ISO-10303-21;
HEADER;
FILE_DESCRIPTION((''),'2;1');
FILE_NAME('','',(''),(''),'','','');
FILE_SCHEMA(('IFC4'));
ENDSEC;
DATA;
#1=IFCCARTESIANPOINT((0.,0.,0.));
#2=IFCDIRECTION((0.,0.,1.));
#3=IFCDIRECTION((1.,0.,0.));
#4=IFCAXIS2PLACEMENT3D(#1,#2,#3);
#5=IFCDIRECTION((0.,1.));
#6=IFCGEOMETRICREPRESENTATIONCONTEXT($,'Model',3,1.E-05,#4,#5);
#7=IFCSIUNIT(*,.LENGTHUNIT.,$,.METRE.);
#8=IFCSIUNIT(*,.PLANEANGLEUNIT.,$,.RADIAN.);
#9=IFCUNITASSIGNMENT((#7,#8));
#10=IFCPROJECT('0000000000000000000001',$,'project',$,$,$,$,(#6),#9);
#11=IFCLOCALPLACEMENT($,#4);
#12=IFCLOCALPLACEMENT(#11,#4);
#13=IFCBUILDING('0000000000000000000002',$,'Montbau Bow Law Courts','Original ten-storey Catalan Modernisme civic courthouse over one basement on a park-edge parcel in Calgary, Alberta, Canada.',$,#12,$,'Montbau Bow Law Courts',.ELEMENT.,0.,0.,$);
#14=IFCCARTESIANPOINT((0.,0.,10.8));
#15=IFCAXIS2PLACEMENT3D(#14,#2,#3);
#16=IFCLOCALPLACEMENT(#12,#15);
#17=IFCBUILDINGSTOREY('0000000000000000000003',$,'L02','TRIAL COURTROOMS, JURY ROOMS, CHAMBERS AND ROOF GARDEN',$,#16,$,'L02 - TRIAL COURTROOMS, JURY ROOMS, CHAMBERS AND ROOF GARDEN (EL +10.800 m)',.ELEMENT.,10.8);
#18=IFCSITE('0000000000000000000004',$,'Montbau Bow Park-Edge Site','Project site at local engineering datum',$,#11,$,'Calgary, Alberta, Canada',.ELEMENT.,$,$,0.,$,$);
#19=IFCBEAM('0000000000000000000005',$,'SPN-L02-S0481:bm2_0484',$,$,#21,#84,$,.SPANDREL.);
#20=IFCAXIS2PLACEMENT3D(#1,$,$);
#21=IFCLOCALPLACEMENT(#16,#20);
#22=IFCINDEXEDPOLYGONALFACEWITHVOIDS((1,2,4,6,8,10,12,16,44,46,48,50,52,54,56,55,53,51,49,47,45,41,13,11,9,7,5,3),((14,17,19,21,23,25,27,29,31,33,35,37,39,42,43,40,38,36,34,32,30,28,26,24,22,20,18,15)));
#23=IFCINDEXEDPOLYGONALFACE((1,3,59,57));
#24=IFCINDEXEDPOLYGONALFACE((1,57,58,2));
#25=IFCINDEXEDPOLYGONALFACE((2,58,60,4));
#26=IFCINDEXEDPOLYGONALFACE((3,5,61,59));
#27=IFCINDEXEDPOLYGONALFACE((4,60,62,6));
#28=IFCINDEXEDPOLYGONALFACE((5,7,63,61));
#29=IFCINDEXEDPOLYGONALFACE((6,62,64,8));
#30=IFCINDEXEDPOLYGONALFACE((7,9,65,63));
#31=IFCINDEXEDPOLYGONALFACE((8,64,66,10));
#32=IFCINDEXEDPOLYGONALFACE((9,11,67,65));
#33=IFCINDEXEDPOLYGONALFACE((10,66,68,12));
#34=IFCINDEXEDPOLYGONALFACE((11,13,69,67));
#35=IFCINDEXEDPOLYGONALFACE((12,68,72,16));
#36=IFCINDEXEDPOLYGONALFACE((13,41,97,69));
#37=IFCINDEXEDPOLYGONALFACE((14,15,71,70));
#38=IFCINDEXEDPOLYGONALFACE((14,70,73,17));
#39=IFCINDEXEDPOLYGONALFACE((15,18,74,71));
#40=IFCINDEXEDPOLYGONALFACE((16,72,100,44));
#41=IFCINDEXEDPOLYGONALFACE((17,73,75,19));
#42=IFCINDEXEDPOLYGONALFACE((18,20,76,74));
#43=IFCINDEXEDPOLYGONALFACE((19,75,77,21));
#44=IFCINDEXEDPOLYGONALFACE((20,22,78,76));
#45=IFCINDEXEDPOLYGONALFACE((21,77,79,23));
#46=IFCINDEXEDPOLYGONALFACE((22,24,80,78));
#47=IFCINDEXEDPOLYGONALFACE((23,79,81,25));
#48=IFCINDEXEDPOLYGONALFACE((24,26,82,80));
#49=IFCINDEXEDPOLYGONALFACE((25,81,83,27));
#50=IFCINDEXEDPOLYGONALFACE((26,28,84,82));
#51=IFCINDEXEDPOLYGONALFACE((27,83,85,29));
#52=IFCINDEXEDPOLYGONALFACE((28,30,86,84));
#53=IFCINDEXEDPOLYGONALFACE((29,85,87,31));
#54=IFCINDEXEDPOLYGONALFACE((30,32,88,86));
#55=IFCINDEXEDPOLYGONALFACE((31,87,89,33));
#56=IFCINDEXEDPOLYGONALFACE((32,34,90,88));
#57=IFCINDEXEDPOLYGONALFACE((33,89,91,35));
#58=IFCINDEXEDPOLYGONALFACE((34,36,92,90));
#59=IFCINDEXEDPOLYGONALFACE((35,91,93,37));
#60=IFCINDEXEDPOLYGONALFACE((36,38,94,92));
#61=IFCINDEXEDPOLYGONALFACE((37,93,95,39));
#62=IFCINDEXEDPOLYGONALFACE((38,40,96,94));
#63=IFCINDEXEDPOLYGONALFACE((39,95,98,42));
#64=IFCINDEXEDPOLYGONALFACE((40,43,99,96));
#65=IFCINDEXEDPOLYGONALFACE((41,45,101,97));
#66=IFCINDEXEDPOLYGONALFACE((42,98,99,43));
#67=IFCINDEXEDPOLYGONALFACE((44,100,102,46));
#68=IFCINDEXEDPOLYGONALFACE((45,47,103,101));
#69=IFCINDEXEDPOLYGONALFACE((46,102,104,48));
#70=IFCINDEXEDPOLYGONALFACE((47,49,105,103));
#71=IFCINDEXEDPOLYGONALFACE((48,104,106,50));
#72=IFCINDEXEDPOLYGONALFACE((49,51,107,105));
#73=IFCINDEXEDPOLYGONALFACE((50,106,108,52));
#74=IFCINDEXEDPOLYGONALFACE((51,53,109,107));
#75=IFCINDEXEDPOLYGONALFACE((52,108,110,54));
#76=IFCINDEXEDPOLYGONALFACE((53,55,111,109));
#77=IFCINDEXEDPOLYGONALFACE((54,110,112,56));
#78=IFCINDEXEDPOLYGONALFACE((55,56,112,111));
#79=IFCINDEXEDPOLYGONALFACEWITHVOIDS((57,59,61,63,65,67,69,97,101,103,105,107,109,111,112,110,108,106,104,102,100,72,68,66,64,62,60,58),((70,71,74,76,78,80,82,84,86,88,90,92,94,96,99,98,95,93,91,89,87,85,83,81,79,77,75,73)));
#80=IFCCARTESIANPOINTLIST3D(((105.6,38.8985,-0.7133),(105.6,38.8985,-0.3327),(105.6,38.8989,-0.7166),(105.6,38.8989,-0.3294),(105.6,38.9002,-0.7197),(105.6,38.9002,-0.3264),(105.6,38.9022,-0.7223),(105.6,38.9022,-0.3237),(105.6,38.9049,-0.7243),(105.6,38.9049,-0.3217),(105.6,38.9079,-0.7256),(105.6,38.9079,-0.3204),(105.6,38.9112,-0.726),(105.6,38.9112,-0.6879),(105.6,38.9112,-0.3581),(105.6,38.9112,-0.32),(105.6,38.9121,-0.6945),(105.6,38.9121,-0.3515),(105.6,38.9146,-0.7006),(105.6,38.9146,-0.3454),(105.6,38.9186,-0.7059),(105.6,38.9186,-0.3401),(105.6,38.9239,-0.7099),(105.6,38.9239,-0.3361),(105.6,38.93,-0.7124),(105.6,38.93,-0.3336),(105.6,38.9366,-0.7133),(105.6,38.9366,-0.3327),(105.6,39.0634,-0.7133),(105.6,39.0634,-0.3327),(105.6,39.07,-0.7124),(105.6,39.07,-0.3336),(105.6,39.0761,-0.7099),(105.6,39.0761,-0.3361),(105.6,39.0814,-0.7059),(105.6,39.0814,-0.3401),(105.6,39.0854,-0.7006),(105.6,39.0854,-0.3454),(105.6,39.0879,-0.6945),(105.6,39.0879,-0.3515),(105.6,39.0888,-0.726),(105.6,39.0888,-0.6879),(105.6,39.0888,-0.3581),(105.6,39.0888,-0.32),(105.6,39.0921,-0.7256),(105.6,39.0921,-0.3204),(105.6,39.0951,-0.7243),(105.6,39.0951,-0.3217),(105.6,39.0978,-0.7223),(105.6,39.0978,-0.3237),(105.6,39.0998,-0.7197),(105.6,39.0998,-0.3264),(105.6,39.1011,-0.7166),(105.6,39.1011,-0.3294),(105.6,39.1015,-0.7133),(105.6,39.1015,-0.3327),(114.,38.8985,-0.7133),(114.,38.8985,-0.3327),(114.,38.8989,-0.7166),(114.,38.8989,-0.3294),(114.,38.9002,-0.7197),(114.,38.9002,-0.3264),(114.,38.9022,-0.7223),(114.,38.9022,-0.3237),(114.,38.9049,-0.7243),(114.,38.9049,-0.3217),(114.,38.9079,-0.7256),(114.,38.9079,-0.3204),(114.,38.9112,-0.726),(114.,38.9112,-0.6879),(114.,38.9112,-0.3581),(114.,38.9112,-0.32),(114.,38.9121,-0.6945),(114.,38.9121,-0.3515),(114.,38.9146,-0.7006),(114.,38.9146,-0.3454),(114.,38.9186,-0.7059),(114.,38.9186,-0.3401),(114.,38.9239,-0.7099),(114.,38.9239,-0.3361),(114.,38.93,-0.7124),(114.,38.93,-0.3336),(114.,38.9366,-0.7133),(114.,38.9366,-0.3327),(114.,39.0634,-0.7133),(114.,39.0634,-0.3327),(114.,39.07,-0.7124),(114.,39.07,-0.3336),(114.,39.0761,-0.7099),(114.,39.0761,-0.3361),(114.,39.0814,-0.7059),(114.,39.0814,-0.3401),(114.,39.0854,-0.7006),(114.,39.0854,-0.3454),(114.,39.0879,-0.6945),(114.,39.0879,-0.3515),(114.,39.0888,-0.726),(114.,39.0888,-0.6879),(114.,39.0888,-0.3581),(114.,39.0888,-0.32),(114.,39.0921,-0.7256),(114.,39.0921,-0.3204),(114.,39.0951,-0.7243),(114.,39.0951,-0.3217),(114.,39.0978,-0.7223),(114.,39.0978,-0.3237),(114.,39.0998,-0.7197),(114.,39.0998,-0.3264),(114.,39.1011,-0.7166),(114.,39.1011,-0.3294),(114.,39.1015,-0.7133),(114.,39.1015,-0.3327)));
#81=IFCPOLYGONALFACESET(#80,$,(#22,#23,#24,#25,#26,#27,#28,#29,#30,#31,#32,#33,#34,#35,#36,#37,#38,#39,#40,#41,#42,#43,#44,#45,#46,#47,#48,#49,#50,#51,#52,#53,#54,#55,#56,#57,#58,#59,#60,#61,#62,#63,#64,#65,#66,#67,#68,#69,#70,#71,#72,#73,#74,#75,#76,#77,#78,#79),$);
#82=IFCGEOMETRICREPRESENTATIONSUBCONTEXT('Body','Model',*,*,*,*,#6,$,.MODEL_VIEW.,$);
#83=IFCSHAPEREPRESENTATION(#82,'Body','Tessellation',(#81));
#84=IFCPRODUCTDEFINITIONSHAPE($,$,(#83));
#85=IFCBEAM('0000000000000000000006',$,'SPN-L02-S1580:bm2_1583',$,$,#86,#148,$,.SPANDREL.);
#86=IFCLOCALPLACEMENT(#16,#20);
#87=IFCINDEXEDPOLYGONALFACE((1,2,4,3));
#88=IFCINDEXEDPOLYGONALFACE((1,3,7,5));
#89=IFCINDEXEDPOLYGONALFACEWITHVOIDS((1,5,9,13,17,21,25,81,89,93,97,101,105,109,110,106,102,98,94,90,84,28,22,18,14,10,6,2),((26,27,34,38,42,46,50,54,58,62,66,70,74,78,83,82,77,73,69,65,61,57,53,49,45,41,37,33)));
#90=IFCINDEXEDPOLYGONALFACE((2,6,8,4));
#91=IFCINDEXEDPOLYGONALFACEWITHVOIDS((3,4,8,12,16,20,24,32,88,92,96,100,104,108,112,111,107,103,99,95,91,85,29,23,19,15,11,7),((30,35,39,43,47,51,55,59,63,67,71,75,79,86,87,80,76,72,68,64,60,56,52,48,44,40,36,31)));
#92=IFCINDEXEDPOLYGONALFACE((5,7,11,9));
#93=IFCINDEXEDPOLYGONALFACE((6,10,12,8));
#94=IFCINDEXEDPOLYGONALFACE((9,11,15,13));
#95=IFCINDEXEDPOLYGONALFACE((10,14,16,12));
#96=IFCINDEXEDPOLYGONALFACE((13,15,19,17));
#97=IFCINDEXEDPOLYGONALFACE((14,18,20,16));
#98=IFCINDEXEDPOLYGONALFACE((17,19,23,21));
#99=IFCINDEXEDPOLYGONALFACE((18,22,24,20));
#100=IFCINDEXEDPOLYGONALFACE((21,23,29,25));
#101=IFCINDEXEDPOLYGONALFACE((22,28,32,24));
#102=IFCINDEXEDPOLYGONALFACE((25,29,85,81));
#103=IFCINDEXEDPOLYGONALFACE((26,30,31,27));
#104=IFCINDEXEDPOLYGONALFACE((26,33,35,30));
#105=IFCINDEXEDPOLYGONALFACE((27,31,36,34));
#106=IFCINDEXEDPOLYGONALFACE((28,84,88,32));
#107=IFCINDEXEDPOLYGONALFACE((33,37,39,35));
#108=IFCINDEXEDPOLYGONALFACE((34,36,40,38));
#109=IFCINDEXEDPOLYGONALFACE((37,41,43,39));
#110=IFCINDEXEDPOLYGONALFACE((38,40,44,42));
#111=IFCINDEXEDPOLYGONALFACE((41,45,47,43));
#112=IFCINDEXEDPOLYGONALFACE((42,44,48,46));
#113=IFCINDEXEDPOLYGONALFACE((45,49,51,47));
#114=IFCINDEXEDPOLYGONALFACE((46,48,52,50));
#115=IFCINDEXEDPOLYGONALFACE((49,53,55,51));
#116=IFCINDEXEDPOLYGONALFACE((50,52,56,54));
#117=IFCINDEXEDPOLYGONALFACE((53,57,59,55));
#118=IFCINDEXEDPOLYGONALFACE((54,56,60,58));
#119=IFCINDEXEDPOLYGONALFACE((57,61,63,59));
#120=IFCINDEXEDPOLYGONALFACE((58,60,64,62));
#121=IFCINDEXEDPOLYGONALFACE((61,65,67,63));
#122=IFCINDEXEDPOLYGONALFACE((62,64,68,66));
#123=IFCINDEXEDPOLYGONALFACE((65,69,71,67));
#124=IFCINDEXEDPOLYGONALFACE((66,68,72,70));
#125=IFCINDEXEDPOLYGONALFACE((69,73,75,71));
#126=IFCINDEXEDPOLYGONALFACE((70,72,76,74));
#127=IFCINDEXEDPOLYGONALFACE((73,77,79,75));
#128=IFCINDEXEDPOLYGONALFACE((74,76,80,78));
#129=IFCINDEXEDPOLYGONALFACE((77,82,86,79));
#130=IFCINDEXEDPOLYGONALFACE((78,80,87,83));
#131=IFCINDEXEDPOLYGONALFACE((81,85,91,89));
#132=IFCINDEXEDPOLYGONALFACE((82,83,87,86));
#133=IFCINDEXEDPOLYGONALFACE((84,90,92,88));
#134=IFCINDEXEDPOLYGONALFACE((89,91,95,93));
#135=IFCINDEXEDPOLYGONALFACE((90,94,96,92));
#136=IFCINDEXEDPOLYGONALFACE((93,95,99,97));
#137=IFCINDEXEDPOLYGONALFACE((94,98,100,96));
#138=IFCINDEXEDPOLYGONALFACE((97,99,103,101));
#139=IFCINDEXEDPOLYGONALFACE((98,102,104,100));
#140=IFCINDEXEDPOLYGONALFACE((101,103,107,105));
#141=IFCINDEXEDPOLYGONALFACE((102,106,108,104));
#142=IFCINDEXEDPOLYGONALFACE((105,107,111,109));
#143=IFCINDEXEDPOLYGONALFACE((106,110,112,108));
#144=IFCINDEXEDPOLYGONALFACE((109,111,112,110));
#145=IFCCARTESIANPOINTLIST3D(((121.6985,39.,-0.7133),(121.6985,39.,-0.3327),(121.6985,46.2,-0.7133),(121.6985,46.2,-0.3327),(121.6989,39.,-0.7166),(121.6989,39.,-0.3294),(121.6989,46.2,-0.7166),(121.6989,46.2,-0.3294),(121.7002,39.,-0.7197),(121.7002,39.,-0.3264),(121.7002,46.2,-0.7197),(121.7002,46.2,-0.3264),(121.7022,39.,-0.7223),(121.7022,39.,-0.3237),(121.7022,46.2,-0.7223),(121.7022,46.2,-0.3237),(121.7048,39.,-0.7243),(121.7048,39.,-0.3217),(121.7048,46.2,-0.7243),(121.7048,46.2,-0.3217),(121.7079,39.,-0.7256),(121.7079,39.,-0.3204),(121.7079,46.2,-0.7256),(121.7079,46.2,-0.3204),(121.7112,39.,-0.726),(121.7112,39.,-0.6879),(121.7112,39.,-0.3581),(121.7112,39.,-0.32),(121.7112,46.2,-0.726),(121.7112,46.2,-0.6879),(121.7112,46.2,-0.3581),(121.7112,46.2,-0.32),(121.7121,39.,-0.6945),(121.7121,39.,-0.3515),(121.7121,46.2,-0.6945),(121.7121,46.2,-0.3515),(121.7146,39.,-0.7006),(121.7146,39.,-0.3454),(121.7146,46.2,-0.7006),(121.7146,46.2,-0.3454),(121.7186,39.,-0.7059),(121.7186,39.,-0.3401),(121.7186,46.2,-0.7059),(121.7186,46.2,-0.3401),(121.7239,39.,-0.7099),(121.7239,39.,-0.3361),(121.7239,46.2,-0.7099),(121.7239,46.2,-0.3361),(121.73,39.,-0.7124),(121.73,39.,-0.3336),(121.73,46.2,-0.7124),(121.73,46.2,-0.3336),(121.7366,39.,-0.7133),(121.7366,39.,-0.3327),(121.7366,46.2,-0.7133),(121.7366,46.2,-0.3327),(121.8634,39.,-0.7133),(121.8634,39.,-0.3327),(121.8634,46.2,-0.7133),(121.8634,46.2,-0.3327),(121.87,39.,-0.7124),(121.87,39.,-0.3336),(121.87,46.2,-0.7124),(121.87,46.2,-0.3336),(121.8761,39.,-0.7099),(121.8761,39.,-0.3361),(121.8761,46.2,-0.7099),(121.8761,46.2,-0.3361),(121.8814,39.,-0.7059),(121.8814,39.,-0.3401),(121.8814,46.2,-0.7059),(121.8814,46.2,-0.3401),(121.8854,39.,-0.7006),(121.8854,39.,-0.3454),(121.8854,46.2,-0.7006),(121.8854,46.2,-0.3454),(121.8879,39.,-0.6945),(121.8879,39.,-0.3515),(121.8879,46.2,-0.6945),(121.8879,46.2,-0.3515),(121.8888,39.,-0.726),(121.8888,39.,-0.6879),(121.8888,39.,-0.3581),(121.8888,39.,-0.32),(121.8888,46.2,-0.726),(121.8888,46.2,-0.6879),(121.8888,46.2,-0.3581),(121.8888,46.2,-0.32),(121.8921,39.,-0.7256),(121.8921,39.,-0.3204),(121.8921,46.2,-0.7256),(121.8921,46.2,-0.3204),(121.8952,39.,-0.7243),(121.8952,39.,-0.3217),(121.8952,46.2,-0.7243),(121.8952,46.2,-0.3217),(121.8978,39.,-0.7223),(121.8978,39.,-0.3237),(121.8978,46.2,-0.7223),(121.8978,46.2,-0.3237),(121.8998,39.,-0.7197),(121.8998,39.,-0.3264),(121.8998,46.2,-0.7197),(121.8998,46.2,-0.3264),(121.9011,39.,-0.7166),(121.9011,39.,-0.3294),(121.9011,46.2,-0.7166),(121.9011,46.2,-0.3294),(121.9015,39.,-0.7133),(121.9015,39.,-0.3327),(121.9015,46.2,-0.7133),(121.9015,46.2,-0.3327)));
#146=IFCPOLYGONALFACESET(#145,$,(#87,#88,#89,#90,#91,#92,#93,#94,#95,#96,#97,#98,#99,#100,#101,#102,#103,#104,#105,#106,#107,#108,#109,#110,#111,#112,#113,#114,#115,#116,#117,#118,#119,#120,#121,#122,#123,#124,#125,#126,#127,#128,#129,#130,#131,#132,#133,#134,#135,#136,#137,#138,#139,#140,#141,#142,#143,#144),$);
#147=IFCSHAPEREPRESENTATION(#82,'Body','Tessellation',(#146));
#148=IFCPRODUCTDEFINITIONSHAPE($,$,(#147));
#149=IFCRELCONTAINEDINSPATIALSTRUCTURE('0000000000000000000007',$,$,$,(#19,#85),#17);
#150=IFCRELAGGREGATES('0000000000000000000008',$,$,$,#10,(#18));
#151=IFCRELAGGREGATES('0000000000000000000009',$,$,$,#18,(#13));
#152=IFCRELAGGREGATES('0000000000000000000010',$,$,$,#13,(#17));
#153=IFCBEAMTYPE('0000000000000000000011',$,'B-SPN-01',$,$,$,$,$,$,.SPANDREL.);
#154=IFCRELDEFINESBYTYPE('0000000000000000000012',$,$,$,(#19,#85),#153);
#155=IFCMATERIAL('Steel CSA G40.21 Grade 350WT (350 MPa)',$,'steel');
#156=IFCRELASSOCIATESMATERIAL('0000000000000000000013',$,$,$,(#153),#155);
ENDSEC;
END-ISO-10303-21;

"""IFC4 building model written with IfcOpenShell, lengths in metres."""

from ifc_helpers import new_model, si_unit, direction, frame, origin_with_axes, origin_2d_with_axis, place, context, subcontext, project, spatial, hollow_rectangle, extrude, material, material_profile, profile_set, type_object, element, save


model = new_model("IFC4")

# Units and contexts
model_context = context("Model", 3, precision=1e-05, world=origin_with_axes(), true_north=direction((0.0, 1.0)))
body_context = subcontext(model_context, "Body", "Model", "MODEL_VIEW")
ifc_project = project(units=[si_unit("LENGTHUNIT", "METRE"), si_unit("PLANEANGLEUNIT", "RADIAN")], contexts=[model_context])

# Site, building, storey
site_placement = place(None, origin_with_axes())
site = spatial("IfcSite", under=ifc_project, at=site_placement, Name="Montbau Bow Park-Edge Site", Description="Project site at local engineering datum", LongName="Calgary, Alberta, Canada", CompositionType="ELEMENT", RefElevation=0.0)
building_placement = place(site_placement, origin_with_axes())
building = spatial("IfcBuilding", under=site, at=building_placement, Name="Montbau Bow Law Courts", Description="Original ten-storey Catalan Modernisme civic courthouse over one basement on a park-edge parcel in Calgary, Alberta, Canada.", LongName="Montbau Bow Law Courts", CompositionType="ELEMENT", ElevationOfRefHeight=0.0, ElevationOfTerrain=0.0)
storey_placement = place(building_placement, frame((0.0, 0.0, 10.8), z_axis=(0.0, 0.0, 1.0), x_axis=(1.0, 0.0, 0.0)))
storey = spatial("IfcBuildingStorey", under=building, at=storey_placement, Name="L02", Description="TRIAL COURTROOMS, JURY ROOMS, CHAMBERS AND ROOF GARDEN", LongName="L02 - TRIAL COURTROOMS, JURY ROOMS, CHAMBERS AND ROOF GARDEN (EL +10.800 m)", CompositionType="ELEMENT", Elevation=10.8)

# Beams
ifc_material_1 = material(Name="Steel CSA G40.21 Grade 350WT (350 MPa)", Category="steel")
ifc_material_profile_1 = material_profile(ifc_material_1, hollow_rectangle(XDim=0.203, YDim=0.406, WallThickness=0.0127, InnerFilletRadius=0.0254, OuterFilletRadius=0.0127, at=origin_2d_with_axis()), Name="HSS406X203X13", Category="Main", Priority=0)
ifc_profile_set_1 = profile_set([ifc_material_profile_1], Name="Steel CSA G40.21 Grade 350WT (350 MPa)")
beam_type_1 = type_object("IfcBeamType", Name="B-SPN-01", PredefinedType="SPANDREL", material=ifc_profile_set_1)
beam_1_placement = place(None, frame((105.6, 39.0, 10.277), z_axis=(1.0, 0.0, 0.0), x_axis=(0.0, 1.0, 0.0)))
element("IfcBeam", 1, at=beam_1_placement, inside=storey, type_object=beam_type_1, Name="SPN-L02-S0481:bm2_0484", PredefinedType="SPANDREL", context=body_context, shape_type="SweptSolid", body=[
    extrude(hollow_rectangle(XDim=0.203, YDim=0.406, WallThickness=0.0127, InnerFilletRadius=0.0254, OuterFilletRadius=0.0127, at=origin_2d_with_axis()), origin_with_axes(), (0.0, 0.0, 1.0), 8.4),
])
beam_2_placement = place(None, frame((121.8, 39.0, 10.277), z_axis=(0.0, 1.0, 0.0), x_axis=(-1.0, 0.0, 0.0)))
element("IfcBeam", 2, at=beam_2_placement, inside=storey, type_object=beam_type_1, Name="SPN-L02-S1580:bm2_1583", PredefinedType="SPANDREL", context=body_context, shape_type="SweptSolid", body=[
    extrude(hollow_rectangle(XDim=0.203, YDim=0.406, WallThickness=0.0127, InnerFilletRadius=0.0254, OuterFilletRadius=0.0127, at=origin_2d_with_axis()), origin_with_axes(), (0.0, 0.0, 1.0), 7.2),
])

save(model, "model.ifc")
